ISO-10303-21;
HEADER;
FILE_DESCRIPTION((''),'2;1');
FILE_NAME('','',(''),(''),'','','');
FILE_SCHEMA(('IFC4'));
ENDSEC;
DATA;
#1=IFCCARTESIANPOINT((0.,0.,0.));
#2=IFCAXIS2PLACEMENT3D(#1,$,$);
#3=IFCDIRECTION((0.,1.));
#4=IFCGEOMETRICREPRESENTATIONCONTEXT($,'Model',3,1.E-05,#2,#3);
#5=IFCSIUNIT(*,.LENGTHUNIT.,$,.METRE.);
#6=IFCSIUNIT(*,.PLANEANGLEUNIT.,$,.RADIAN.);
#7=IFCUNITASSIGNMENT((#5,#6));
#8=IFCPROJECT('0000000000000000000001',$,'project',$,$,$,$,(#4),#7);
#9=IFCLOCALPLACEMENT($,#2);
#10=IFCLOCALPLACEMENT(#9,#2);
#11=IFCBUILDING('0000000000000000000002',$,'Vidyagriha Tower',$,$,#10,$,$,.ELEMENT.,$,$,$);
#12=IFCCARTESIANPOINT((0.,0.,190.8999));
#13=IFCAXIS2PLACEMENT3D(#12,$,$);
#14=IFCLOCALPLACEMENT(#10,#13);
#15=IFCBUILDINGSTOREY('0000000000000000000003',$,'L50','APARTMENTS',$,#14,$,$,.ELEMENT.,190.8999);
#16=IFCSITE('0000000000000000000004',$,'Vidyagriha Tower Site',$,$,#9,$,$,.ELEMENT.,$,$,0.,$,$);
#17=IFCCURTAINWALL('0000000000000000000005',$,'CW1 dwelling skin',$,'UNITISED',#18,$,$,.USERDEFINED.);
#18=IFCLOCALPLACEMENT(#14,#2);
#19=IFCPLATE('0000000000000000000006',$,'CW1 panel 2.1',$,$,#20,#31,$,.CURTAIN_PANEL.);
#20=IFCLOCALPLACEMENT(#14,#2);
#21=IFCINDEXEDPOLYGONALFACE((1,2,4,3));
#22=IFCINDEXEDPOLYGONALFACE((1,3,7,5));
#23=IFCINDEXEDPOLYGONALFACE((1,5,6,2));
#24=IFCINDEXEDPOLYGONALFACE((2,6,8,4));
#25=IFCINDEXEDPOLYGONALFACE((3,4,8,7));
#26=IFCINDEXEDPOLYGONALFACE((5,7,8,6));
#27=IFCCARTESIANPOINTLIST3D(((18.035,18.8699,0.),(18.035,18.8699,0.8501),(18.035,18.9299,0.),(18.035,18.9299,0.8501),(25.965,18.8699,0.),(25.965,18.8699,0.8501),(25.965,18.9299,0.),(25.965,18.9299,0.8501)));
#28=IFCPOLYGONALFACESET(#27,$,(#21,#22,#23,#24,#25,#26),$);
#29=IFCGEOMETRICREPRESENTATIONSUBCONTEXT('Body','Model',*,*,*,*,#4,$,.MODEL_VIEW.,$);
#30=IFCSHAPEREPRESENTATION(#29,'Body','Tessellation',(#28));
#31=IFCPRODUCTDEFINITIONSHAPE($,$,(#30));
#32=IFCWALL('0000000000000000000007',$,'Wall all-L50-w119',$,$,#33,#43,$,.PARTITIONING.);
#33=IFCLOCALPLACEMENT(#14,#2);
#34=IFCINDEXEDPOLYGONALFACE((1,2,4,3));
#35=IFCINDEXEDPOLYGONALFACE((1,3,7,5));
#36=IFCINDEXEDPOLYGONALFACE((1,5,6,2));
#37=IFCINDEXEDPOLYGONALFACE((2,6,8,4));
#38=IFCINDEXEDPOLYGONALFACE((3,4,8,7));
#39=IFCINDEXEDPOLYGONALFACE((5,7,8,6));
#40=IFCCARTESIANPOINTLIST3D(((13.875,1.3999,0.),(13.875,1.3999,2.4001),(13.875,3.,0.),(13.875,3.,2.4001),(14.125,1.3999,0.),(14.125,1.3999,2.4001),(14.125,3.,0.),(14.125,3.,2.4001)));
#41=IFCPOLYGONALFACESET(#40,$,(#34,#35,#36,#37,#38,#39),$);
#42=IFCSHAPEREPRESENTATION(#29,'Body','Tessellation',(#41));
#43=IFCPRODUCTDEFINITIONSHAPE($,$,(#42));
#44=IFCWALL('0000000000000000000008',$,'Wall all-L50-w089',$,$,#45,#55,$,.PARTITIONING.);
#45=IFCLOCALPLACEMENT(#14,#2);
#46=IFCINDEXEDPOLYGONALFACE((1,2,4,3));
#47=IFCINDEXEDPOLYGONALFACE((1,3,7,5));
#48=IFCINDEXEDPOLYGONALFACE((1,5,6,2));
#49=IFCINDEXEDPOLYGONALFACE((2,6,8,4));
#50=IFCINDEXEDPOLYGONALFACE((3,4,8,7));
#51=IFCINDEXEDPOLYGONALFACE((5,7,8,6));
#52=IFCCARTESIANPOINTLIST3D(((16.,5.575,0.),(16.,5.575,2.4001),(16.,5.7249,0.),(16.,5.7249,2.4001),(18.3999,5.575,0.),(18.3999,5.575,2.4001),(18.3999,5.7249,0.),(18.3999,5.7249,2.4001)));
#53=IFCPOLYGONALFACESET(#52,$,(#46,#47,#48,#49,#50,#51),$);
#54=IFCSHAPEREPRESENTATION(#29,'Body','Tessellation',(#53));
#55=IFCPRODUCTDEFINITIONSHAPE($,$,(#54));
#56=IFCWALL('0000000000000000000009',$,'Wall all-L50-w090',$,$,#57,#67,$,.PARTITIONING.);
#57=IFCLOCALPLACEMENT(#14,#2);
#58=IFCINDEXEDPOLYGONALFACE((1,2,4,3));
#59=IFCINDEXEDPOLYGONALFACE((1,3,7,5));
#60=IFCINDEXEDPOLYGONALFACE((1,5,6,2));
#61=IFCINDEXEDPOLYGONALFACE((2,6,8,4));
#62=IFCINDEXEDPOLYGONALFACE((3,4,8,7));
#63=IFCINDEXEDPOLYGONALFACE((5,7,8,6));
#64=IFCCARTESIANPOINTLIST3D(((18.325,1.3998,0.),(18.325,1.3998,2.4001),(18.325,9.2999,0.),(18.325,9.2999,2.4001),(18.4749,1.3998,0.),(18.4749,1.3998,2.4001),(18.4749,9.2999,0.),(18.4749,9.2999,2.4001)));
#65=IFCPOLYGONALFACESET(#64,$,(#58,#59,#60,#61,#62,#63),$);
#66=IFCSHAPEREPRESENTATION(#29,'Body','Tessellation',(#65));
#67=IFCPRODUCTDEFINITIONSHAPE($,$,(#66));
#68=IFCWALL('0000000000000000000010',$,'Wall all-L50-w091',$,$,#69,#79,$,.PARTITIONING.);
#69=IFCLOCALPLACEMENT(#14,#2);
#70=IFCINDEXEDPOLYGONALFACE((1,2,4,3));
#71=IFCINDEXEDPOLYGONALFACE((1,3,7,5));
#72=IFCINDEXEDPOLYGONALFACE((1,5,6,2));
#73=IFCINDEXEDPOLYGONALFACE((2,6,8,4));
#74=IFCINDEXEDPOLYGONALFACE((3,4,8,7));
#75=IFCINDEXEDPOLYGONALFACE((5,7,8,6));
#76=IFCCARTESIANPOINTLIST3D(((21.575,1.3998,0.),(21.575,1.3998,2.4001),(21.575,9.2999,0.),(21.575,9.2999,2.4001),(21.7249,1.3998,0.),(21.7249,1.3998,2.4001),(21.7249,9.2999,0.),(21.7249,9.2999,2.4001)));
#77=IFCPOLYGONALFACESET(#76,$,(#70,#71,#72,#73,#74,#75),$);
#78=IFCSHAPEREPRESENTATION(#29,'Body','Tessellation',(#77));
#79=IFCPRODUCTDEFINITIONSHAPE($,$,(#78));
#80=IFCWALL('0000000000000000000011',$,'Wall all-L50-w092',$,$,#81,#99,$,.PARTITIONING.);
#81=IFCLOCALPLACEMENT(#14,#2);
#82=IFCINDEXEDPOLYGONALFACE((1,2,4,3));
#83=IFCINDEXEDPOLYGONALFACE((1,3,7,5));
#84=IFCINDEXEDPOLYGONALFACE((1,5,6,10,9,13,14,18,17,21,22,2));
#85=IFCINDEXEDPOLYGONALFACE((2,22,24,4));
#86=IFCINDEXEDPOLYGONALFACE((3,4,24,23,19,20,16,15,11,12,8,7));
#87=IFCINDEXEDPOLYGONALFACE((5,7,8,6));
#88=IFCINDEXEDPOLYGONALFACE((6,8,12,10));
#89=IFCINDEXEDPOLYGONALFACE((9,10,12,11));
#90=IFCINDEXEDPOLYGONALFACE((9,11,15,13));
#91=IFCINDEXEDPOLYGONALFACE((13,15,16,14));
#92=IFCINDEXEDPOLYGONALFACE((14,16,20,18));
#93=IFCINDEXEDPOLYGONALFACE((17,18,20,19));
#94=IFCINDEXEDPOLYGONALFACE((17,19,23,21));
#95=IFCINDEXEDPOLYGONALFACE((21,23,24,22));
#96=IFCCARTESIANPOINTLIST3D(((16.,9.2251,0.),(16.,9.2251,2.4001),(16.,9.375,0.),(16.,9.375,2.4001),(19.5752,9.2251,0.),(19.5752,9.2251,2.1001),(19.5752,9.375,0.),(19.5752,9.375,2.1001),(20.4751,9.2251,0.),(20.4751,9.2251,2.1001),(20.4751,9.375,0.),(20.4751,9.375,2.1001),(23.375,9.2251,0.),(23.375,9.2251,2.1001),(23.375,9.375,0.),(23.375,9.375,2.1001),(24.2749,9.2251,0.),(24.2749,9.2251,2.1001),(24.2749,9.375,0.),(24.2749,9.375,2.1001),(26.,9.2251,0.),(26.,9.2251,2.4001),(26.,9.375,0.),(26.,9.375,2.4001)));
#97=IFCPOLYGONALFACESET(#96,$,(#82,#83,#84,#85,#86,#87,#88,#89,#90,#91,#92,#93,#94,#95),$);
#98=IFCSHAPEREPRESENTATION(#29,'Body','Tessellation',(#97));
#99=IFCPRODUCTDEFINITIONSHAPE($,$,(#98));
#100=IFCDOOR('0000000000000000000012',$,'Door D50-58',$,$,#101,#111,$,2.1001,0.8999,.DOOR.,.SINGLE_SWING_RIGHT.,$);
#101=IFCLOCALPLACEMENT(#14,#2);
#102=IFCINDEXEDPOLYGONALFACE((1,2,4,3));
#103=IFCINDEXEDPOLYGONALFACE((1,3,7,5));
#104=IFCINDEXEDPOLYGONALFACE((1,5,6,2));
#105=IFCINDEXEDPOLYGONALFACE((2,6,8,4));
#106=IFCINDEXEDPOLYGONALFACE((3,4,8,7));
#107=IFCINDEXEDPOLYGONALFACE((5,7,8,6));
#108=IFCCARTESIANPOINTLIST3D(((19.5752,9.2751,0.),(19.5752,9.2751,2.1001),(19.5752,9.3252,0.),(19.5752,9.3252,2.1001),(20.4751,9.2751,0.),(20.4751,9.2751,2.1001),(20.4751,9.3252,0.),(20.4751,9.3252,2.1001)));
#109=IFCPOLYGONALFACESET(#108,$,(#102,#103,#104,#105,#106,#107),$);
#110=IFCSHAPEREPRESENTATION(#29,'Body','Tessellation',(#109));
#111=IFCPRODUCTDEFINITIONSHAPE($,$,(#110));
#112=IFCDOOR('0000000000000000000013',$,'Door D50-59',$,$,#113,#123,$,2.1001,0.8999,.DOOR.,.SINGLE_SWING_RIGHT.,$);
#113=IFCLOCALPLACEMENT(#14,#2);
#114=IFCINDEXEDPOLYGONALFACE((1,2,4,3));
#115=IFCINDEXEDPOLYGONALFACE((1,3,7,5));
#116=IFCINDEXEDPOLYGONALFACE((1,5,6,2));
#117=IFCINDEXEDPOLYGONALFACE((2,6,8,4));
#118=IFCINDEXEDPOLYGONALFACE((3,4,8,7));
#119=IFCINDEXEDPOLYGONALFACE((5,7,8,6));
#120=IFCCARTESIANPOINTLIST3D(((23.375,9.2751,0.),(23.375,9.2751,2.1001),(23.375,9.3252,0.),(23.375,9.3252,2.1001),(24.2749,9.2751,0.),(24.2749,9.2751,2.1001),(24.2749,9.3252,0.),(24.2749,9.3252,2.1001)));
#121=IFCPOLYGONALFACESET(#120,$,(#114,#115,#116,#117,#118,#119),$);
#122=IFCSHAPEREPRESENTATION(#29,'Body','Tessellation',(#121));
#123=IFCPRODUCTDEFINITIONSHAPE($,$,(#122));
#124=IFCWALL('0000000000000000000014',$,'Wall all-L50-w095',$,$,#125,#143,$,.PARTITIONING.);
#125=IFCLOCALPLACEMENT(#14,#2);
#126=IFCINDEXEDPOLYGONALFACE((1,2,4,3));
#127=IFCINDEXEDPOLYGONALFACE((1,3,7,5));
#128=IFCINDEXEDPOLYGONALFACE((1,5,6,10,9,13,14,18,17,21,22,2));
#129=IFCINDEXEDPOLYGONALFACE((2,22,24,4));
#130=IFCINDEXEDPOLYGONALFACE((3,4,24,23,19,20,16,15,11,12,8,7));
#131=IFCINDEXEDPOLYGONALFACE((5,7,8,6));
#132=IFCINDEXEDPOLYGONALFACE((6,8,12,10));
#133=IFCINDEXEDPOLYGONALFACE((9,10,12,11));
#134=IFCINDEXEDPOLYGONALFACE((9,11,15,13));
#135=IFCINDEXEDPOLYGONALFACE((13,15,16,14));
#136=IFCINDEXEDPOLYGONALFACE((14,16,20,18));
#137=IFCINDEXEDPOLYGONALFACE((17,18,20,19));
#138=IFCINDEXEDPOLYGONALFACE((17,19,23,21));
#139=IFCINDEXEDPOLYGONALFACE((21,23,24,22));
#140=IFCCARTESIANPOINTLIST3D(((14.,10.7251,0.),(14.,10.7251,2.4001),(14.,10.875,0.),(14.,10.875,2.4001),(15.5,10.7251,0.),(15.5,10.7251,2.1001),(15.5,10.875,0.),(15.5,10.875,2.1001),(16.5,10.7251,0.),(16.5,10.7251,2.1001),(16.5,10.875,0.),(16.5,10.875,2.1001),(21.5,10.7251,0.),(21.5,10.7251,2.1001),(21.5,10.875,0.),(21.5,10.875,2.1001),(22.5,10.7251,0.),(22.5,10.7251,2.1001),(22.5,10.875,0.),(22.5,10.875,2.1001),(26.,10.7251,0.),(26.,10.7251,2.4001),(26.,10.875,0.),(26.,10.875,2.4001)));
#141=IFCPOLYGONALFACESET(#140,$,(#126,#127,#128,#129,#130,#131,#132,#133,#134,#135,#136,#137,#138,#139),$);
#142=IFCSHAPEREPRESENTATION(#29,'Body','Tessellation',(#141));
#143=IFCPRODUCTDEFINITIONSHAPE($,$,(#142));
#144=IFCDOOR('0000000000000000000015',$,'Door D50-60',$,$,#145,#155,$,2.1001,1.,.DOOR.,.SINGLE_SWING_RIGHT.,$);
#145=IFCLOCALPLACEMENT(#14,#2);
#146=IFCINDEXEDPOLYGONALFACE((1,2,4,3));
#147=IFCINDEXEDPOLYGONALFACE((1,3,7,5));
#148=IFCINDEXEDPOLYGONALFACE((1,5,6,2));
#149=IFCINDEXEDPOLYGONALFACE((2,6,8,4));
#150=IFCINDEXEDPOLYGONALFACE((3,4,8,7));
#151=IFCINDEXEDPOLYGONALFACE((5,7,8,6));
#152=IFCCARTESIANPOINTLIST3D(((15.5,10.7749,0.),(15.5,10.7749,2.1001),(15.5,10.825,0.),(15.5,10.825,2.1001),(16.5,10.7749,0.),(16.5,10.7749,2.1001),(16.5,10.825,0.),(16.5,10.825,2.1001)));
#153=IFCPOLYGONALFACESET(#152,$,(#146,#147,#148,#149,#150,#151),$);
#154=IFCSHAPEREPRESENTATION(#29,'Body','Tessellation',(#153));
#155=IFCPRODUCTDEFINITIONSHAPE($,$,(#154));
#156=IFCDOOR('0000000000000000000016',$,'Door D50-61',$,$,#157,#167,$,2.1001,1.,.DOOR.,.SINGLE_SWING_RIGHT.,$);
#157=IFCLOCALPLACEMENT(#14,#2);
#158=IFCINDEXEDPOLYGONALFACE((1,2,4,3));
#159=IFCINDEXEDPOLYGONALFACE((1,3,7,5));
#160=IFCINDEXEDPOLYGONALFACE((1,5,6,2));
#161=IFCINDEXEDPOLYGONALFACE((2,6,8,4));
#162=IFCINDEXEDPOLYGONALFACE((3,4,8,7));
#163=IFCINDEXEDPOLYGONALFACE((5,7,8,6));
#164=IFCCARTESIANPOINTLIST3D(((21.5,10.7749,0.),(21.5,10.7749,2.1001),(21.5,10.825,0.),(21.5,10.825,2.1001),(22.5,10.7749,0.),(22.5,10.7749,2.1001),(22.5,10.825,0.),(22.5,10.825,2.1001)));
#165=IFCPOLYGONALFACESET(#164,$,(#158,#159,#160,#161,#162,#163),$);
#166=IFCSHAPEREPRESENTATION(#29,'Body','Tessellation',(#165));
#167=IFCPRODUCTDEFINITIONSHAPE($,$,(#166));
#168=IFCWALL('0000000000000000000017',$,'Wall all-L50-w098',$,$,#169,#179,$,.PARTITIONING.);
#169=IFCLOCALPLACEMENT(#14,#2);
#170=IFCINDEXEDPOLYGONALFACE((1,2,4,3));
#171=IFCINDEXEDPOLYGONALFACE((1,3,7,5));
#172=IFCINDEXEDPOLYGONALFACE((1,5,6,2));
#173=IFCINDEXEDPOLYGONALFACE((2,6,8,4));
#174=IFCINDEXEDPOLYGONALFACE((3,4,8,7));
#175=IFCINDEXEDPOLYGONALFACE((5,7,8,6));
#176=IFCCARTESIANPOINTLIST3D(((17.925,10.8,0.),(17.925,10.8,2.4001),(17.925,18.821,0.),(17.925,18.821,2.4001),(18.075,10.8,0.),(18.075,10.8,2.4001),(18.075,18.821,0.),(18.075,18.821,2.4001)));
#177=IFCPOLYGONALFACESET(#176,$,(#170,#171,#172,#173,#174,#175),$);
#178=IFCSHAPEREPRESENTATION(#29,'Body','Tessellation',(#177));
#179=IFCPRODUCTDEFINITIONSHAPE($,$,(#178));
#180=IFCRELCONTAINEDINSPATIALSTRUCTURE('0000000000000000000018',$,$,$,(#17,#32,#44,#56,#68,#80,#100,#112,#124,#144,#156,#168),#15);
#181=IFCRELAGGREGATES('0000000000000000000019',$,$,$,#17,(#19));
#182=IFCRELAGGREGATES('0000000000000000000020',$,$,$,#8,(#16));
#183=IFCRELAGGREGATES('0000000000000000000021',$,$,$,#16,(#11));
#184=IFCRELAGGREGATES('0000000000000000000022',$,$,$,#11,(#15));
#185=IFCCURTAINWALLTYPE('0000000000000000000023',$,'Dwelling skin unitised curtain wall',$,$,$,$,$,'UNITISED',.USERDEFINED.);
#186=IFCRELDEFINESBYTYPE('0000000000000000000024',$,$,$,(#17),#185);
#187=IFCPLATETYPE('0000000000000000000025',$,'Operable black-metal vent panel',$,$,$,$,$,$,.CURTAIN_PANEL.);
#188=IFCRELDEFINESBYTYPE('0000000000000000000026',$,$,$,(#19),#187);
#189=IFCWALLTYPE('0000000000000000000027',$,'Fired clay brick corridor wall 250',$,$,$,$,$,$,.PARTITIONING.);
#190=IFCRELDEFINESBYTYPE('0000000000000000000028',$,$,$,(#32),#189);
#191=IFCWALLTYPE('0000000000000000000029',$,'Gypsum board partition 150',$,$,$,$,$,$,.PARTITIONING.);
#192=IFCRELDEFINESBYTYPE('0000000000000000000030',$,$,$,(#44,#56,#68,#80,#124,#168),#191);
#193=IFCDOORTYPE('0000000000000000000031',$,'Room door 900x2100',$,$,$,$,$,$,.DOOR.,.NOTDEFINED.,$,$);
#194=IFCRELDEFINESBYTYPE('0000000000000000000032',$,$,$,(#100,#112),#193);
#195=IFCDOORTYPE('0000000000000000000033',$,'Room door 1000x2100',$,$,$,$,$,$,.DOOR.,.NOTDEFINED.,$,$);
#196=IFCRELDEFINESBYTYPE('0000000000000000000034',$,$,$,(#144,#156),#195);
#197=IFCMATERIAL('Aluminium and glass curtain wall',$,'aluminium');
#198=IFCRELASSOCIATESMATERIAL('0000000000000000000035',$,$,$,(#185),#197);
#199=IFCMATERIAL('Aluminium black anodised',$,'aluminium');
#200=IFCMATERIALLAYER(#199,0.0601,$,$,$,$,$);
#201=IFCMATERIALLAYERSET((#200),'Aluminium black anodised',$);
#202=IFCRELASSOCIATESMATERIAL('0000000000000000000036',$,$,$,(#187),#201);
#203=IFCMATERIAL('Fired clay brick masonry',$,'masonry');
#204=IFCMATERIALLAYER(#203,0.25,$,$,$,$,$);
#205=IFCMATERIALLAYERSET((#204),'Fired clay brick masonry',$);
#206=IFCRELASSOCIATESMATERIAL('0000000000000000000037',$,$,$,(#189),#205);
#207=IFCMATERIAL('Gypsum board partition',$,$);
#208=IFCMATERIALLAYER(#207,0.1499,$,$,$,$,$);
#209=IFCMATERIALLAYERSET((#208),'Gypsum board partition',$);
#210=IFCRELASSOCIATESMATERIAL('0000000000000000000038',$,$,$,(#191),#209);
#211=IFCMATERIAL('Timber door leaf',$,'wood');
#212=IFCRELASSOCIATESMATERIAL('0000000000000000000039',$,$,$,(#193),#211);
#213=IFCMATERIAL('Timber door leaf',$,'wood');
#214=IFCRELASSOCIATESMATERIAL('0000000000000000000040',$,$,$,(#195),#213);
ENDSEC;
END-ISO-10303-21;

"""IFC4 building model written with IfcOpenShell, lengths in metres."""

from ifc_helpers import new_model, si_unit, direction, frame, frame_2d, origin, origin_2d, place, context, subcontext, project, spatial, rectangle, extrude, material, layer, layer_set, type_object, element, fill, aggregate, save


model = new_model("IFC4")

# Units and contexts
model_context = context("Model", 3, precision=1e-05, world=origin(), true_north=direction((0.0, 1.0)))
body_context = subcontext(model_context, "Body", "Model", "MODEL_VIEW")
ifc_project = project(units=[si_unit("LENGTHUNIT", "METRE"), si_unit("PLANEANGLEUNIT", "RADIAN")], contexts=[model_context])

# Site, building, storey
site_placement = place(None, origin())
site = spatial("IfcSite", under=ifc_project, at=site_placement, Name="Vidyagriha Tower Site", CompositionType="ELEMENT", RefElevation=0.0)
building_placement = place(site_placement, origin())
building = spatial("IfcBuilding", under=site, at=building_placement, Name="Vidyagriha Tower", CompositionType="ELEMENT")
storey_placement = place(building_placement, frame((0.0, 0.0, 190.8999)))
storey = spatial("IfcBuildingStorey", under=building, at=storey_placement, Name="L50", Description="APARTMENTS", CompositionType="ELEMENT", Elevation=190.8999)

# Curtain wall, plate
ifc_material_1 = material(Name="Aluminium and glass curtain wall", Category="aluminium")
curtain_wall_type = type_object("IfcCurtainWallType", Name="Dwelling skin unitised curtain wall", ElementType="UNITISED", PredefinedType="USERDEFINED", material=ifc_material_1)
curtain_wall_placement = place(storey_placement, origin())
curtain_wall = element("IfcCurtainWall", 1, at=curtain_wall_placement, inside=storey, type_object=curtain_wall_type, Name="CW1 dwelling skin", ObjectType="UNITISED", PredefinedType="USERDEFINED")
ifc_material_2 = material(Name="Aluminium black anodised", Category="aluminium")
ifc_layer_1 = layer(ifc_material_2, 0.0601)
ifc_layer_set_1 = layer_set([ifc_layer_1], Name="Aluminium black anodised")
plate_type_1 = type_object("IfcPlateType", Name="Operable black-metal vent panel", PredefinedType="CURTAIN_PANEL", material=ifc_layer_set_1)
plate_1_placement = place(storey_placement, frame((22.0, 18.8999, 0.0), z_axis=(0.0, 0.0, 1.0), x_axis=(-1.0, 0.0, 0.0)))
plate_1 = element("IfcPlate", 2, at=plate_1_placement, type_object=plate_type_1, Name="CW1 panel 2.1", PredefinedType="CURTAIN_PANEL", context=body_context, shape_type="SweptSolid", body=[
    extrude(rectangle(XDim=7.9299, YDim=0.0601, at=origin_2d()), origin(), (0.0, 0.0, 1.0), 0.8501),
])
aggregate(curtain_wall, [plate_1])

# Walls
ifc_material_3 = material(Name="Fired clay brick masonry", Category="masonry")
ifc_layer_2 = layer(ifc_material_3, 0.25)
ifc_layer_set_2 = layer_set([ifc_layer_2], Name="Fired clay brick masonry")
wall_type_1 = type_object("IfcWallType", Name="Fired clay brick corridor wall 250", PredefinedType="PARTITIONING", material=ifc_layer_set_2)
wall_1_placement = place(storey_placement, frame((14.0, 1.3999, 0.0), z_axis=(0.0, 0.0, 1.0), x_axis=(0.0, 1.0, 0.0)))
element("IfcWall", 3, at=wall_1_placement, inside=storey, type_object=wall_type_1, Name="Wall all-L50-w119", PredefinedType="PARTITIONING", context=body_context, shape_type="SweptSolid", body=[
    extrude(rectangle(XDim=1.6001, YDim=0.25, at=frame_2d((0.8, 0.0))), origin(), (0.0, 0.0, 1.0), 2.4001),
])
ifc_material_4 = material(Name="Gypsum board partition")
ifc_layer_3 = layer(ifc_material_4, 0.1499)
ifc_layer_set_3 = layer_set([ifc_layer_3], Name="Gypsum board partition")
wall_type_2 = type_object("IfcWallType", Name="Gypsum board partition 150", PredefinedType="PARTITIONING", material=ifc_layer_set_3)
wall_2_placement = place(storey_placement, frame((16.0, 5.6499, 0.0)))
element("IfcWall", 4, at=wall_2_placement, inside=storey, type_object=wall_type_2, Name="Wall all-L50-w089", PredefinedType="PARTITIONING", context=body_context, shape_type="SweptSolid", body=[
    extrude(rectangle(XDim=2.3999, YDim=0.1499, at=frame_2d((1.2, 0.0))), origin(), (0.0, 0.0, 1.0), 2.4001),
])
for number, where, z_axis, x_axis, name in (
    (5, (18.3999, 9.3, 0.0), (0.0, 0.0, 1.0), (0.0, -1.0, 0.0), "Wall all-L50-w090"),
    (6, (21.6499, 9.3, 0.0), (0.0, 0.0, 1.0), (0.0, -1.0, 0.0), "Wall all-L50-w091"),
):
    element("IfcWall", number, at=place(storey_placement, frame(where, z_axis=z_axis, x_axis=x_axis)), inside=storey, type_object=wall_type_2, Name=name, PredefinedType="PARTITIONING", context=body_context, shape_type="SweptSolid", body=[
        extrude(rectangle(XDim=7.9001, YDim=0.1499, at=frame_2d((3.9502, 0.0))), origin(), (0.0, 0.0, 1.0), 2.4001),
    ])

# Walls, openings, doors
wall_3_placement = place(storey_placement, frame((26.0, 9.3, 0.0), z_axis=(0.0, 0.0, 1.0), x_axis=(-1.0, 0.0, 0.0)))
wall_3 = element("IfcWall", 7, at=wall_3_placement, inside=storey, type_object=wall_type_2, Name="Wall all-L50-w092", PredefinedType="PARTITIONING", context=body_context, shape_type="SweptSolid", body=[
    extrude(rectangle(XDim=10.0, YDim=0.1499, at=frame_2d((5.0, 0.0))), origin(), (0.0, 0.0, 1.0), 2.4001),
])
opening_1_placement = place(wall_3_placement, frame((5.5249, 0.0, 0.0)))
opening_1 = element("IfcOpeningElement", 8, at=opening_1_placement, cuts=wall_3, PredefinedType="OPENING", context=body_context, shape_type="SweptSolid", body=[
    extrude(rectangle(XDim=0.8999, YDim=2.1001, at=frame_2d((0.45, 1.05))), frame((0.0, 0.085, 0.0), z_axis=(0.0, -1.0, 0.0), x_axis=(1.0, 0.0, 0.0)), (0.0, 0.0, 1.0), 0.1699),
])
opening_2_placement = place(wall_3_placement, frame((1.7251, 0.0, 0.0)))
opening_2 = element("IfcOpeningElement", 9, at=opening_2_placement, cuts=wall_3, PredefinedType="OPENING", context=body_context, shape_type="SweptSolid", body=[
    extrude(rectangle(XDim=0.8999, YDim=2.1001, at=frame_2d((0.45, 1.05))), frame((0.0, 0.085, 0.0), z_axis=(0.0, -1.0, 0.0), x_axis=(1.0, 0.0, 0.0)), (0.0, 0.0, 1.0), 0.1699),
])
ifc_material_5 = material(Name="Timber door leaf", Category="wood")
door_type_1 = type_object("IfcDoorType", Name="Room door 900x2100", OperationType="NOTDEFINED", PredefinedType="DOOR", material=ifc_material_5)
door_1_placement = place(opening_1_placement, origin())
door_1 = element("IfcDoor", 10, at=door_1_placement, inside=storey, type_object=door_type_1, Name="Door D50-58", OperationType="SINGLE_SWING_RIGHT", OverallHeight=2.1001, OverallWidth=0.8999, PredefinedType="DOOR", context=body_context, shape_type="SweptSolid", body=[
    extrude(rectangle(XDim=0.8999, YDim=2.1001, at=frame_2d((0.45, 1.05))), frame((0.0, 0.0249, 0.0), z_axis=(0.0, -1.0, 0.0), x_axis=(1.0, 0.0, 0.0)), (0.0, 0.0, 1.0), 0.05),
])
fill(opening_1, door_1)
door_2_placement = place(opening_2_placement, origin())
door_2 = element("IfcDoor", 11, at=door_2_placement, inside=storey, type_object=door_type_1, Name="Door D50-59", OperationType="SINGLE_SWING_RIGHT", OverallHeight=2.1001, OverallWidth=0.8999, PredefinedType="DOOR", context=body_context, shape_type="SweptSolid", body=[
    extrude(rectangle(XDim=0.8999, YDim=2.1001, at=frame_2d((0.45, 1.05))), frame((0.0, 0.0249, 0.0), z_axis=(0.0, -1.0, 0.0), x_axis=(1.0, 0.0, 0.0)), (0.0, 0.0, 1.0), 0.05),
])
fill(opening_2, door_2)
wall_4_placement = place(storey_placement, frame((14.0, 10.8, 0.0)))
wall_4 = element("IfcWall", 12, at=wall_4_placement, inside=storey, type_object=wall_type_2, Name="Wall all-L50-w095", PredefinedType="PARTITIONING", context=body_context, shape_type="SweptSolid", body=[
    extrude(rectangle(XDim=12.0, YDim=0.1499, at=frame_2d((6.0, 0.0))), origin(), (0.0, 0.0, 1.0), 2.4001),
])
opening_3_placement = place(wall_4_placement, frame((1.5, 0.0, 0.0)))
opening_3 = element("IfcOpeningElement", 13, at=opening_3_placement, cuts=wall_4, PredefinedType="OPENING", context=body_context, shape_type="SweptSolid", body=[
    extrude(rectangle(XDim=1.0, YDim=2.1001, at=frame_2d((0.5, 1.05))), frame((0.0, 0.085, 0.0), z_axis=(0.0, -1.0, 0.0), x_axis=(1.0, 0.0, 0.0)), (0.0, 0.0, 1.0), 0.1699),
])
opening_4_placement = place(wall_4_placement, frame((7.5, 0.0, 0.0)))
opening_4 = element("IfcOpeningElement", 14, at=opening_4_placement, cuts=wall_4, PredefinedType="OPENING", context=body_context, shape_type="SweptSolid", body=[
    extrude(rectangle(XDim=1.0, YDim=2.1001, at=frame_2d((0.5, 1.05))), frame((0.0, 0.085, 0.0), z_axis=(0.0, -1.0, 0.0), x_axis=(1.0, 0.0, 0.0)), (0.0, 0.0, 1.0), 0.1699),
])
ifc_material_6 = material(Name="Timber door leaf", Category="wood")
door_type_2 = type_object("IfcDoorType", Name="Room door 1000x2100", OperationType="NOTDEFINED", PredefinedType="DOOR", material=ifc_material_6)
door_3_placement = place(opening_3_placement, origin())
door_3 = element("IfcDoor", 15, at=door_3_placement, inside=storey, type_object=door_type_2, Name="Door D50-60", OperationType="SINGLE_SWING_RIGHT", OverallHeight=2.1001, OverallWidth=1.0, PredefinedType="DOOR", context=body_context, shape_type="SweptSolid", body=[
    extrude(rectangle(XDim=1.0, YDim=2.1001, at=frame_2d((0.5, 1.05))), frame((0.0, 0.0249, 0.0), z_axis=(0.0, -1.0, 0.0), x_axis=(1.0, 0.0, 0.0)), (0.0, 0.0, 1.0), 0.05),
])
fill(opening_3, door_3)
door_4_placement = place(opening_4_placement, origin())
door_4 = element("IfcDoor", 16, at=door_4_placement, inside=storey, type_object=door_type_2, Name="Door D50-61", OperationType="SINGLE_SWING_RIGHT", OverallHeight=2.1001, OverallWidth=1.0, PredefinedType="DOOR", context=body_context, shape_type="SweptSolid", body=[
    extrude(rectangle(XDim=1.0, YDim=2.1001, at=frame_2d((0.5, 1.05))), frame((0.0, 0.0249, 0.0), z_axis=(0.0, -1.0, 0.0), x_axis=(1.0, 0.0, 0.0)), (0.0, 0.0, 1.0), 0.05),
])
fill(opening_4, door_4)

# Wall
wall_5_placement = place(storey_placement, frame((18.0, 18.821, 0.0), z_axis=(0.0, 0.0, 1.0), x_axis=(0.0, -1.0, 0.0)))
element("IfcWall", 17, at=wall_5_placement, inside=storey, type_object=wall_type_2, Name="Wall all-L50-w098", PredefinedType="PARTITIONING", context=body_context, shape_type="SweptSolid", body=[
    extrude(rectangle(XDim=8.021, YDim=0.1499, at=frame_2d((4.0105, 0.0))), origin(), (0.0, 0.0, 1.0), 2.4001),
])

save(model, "model.ifc")
